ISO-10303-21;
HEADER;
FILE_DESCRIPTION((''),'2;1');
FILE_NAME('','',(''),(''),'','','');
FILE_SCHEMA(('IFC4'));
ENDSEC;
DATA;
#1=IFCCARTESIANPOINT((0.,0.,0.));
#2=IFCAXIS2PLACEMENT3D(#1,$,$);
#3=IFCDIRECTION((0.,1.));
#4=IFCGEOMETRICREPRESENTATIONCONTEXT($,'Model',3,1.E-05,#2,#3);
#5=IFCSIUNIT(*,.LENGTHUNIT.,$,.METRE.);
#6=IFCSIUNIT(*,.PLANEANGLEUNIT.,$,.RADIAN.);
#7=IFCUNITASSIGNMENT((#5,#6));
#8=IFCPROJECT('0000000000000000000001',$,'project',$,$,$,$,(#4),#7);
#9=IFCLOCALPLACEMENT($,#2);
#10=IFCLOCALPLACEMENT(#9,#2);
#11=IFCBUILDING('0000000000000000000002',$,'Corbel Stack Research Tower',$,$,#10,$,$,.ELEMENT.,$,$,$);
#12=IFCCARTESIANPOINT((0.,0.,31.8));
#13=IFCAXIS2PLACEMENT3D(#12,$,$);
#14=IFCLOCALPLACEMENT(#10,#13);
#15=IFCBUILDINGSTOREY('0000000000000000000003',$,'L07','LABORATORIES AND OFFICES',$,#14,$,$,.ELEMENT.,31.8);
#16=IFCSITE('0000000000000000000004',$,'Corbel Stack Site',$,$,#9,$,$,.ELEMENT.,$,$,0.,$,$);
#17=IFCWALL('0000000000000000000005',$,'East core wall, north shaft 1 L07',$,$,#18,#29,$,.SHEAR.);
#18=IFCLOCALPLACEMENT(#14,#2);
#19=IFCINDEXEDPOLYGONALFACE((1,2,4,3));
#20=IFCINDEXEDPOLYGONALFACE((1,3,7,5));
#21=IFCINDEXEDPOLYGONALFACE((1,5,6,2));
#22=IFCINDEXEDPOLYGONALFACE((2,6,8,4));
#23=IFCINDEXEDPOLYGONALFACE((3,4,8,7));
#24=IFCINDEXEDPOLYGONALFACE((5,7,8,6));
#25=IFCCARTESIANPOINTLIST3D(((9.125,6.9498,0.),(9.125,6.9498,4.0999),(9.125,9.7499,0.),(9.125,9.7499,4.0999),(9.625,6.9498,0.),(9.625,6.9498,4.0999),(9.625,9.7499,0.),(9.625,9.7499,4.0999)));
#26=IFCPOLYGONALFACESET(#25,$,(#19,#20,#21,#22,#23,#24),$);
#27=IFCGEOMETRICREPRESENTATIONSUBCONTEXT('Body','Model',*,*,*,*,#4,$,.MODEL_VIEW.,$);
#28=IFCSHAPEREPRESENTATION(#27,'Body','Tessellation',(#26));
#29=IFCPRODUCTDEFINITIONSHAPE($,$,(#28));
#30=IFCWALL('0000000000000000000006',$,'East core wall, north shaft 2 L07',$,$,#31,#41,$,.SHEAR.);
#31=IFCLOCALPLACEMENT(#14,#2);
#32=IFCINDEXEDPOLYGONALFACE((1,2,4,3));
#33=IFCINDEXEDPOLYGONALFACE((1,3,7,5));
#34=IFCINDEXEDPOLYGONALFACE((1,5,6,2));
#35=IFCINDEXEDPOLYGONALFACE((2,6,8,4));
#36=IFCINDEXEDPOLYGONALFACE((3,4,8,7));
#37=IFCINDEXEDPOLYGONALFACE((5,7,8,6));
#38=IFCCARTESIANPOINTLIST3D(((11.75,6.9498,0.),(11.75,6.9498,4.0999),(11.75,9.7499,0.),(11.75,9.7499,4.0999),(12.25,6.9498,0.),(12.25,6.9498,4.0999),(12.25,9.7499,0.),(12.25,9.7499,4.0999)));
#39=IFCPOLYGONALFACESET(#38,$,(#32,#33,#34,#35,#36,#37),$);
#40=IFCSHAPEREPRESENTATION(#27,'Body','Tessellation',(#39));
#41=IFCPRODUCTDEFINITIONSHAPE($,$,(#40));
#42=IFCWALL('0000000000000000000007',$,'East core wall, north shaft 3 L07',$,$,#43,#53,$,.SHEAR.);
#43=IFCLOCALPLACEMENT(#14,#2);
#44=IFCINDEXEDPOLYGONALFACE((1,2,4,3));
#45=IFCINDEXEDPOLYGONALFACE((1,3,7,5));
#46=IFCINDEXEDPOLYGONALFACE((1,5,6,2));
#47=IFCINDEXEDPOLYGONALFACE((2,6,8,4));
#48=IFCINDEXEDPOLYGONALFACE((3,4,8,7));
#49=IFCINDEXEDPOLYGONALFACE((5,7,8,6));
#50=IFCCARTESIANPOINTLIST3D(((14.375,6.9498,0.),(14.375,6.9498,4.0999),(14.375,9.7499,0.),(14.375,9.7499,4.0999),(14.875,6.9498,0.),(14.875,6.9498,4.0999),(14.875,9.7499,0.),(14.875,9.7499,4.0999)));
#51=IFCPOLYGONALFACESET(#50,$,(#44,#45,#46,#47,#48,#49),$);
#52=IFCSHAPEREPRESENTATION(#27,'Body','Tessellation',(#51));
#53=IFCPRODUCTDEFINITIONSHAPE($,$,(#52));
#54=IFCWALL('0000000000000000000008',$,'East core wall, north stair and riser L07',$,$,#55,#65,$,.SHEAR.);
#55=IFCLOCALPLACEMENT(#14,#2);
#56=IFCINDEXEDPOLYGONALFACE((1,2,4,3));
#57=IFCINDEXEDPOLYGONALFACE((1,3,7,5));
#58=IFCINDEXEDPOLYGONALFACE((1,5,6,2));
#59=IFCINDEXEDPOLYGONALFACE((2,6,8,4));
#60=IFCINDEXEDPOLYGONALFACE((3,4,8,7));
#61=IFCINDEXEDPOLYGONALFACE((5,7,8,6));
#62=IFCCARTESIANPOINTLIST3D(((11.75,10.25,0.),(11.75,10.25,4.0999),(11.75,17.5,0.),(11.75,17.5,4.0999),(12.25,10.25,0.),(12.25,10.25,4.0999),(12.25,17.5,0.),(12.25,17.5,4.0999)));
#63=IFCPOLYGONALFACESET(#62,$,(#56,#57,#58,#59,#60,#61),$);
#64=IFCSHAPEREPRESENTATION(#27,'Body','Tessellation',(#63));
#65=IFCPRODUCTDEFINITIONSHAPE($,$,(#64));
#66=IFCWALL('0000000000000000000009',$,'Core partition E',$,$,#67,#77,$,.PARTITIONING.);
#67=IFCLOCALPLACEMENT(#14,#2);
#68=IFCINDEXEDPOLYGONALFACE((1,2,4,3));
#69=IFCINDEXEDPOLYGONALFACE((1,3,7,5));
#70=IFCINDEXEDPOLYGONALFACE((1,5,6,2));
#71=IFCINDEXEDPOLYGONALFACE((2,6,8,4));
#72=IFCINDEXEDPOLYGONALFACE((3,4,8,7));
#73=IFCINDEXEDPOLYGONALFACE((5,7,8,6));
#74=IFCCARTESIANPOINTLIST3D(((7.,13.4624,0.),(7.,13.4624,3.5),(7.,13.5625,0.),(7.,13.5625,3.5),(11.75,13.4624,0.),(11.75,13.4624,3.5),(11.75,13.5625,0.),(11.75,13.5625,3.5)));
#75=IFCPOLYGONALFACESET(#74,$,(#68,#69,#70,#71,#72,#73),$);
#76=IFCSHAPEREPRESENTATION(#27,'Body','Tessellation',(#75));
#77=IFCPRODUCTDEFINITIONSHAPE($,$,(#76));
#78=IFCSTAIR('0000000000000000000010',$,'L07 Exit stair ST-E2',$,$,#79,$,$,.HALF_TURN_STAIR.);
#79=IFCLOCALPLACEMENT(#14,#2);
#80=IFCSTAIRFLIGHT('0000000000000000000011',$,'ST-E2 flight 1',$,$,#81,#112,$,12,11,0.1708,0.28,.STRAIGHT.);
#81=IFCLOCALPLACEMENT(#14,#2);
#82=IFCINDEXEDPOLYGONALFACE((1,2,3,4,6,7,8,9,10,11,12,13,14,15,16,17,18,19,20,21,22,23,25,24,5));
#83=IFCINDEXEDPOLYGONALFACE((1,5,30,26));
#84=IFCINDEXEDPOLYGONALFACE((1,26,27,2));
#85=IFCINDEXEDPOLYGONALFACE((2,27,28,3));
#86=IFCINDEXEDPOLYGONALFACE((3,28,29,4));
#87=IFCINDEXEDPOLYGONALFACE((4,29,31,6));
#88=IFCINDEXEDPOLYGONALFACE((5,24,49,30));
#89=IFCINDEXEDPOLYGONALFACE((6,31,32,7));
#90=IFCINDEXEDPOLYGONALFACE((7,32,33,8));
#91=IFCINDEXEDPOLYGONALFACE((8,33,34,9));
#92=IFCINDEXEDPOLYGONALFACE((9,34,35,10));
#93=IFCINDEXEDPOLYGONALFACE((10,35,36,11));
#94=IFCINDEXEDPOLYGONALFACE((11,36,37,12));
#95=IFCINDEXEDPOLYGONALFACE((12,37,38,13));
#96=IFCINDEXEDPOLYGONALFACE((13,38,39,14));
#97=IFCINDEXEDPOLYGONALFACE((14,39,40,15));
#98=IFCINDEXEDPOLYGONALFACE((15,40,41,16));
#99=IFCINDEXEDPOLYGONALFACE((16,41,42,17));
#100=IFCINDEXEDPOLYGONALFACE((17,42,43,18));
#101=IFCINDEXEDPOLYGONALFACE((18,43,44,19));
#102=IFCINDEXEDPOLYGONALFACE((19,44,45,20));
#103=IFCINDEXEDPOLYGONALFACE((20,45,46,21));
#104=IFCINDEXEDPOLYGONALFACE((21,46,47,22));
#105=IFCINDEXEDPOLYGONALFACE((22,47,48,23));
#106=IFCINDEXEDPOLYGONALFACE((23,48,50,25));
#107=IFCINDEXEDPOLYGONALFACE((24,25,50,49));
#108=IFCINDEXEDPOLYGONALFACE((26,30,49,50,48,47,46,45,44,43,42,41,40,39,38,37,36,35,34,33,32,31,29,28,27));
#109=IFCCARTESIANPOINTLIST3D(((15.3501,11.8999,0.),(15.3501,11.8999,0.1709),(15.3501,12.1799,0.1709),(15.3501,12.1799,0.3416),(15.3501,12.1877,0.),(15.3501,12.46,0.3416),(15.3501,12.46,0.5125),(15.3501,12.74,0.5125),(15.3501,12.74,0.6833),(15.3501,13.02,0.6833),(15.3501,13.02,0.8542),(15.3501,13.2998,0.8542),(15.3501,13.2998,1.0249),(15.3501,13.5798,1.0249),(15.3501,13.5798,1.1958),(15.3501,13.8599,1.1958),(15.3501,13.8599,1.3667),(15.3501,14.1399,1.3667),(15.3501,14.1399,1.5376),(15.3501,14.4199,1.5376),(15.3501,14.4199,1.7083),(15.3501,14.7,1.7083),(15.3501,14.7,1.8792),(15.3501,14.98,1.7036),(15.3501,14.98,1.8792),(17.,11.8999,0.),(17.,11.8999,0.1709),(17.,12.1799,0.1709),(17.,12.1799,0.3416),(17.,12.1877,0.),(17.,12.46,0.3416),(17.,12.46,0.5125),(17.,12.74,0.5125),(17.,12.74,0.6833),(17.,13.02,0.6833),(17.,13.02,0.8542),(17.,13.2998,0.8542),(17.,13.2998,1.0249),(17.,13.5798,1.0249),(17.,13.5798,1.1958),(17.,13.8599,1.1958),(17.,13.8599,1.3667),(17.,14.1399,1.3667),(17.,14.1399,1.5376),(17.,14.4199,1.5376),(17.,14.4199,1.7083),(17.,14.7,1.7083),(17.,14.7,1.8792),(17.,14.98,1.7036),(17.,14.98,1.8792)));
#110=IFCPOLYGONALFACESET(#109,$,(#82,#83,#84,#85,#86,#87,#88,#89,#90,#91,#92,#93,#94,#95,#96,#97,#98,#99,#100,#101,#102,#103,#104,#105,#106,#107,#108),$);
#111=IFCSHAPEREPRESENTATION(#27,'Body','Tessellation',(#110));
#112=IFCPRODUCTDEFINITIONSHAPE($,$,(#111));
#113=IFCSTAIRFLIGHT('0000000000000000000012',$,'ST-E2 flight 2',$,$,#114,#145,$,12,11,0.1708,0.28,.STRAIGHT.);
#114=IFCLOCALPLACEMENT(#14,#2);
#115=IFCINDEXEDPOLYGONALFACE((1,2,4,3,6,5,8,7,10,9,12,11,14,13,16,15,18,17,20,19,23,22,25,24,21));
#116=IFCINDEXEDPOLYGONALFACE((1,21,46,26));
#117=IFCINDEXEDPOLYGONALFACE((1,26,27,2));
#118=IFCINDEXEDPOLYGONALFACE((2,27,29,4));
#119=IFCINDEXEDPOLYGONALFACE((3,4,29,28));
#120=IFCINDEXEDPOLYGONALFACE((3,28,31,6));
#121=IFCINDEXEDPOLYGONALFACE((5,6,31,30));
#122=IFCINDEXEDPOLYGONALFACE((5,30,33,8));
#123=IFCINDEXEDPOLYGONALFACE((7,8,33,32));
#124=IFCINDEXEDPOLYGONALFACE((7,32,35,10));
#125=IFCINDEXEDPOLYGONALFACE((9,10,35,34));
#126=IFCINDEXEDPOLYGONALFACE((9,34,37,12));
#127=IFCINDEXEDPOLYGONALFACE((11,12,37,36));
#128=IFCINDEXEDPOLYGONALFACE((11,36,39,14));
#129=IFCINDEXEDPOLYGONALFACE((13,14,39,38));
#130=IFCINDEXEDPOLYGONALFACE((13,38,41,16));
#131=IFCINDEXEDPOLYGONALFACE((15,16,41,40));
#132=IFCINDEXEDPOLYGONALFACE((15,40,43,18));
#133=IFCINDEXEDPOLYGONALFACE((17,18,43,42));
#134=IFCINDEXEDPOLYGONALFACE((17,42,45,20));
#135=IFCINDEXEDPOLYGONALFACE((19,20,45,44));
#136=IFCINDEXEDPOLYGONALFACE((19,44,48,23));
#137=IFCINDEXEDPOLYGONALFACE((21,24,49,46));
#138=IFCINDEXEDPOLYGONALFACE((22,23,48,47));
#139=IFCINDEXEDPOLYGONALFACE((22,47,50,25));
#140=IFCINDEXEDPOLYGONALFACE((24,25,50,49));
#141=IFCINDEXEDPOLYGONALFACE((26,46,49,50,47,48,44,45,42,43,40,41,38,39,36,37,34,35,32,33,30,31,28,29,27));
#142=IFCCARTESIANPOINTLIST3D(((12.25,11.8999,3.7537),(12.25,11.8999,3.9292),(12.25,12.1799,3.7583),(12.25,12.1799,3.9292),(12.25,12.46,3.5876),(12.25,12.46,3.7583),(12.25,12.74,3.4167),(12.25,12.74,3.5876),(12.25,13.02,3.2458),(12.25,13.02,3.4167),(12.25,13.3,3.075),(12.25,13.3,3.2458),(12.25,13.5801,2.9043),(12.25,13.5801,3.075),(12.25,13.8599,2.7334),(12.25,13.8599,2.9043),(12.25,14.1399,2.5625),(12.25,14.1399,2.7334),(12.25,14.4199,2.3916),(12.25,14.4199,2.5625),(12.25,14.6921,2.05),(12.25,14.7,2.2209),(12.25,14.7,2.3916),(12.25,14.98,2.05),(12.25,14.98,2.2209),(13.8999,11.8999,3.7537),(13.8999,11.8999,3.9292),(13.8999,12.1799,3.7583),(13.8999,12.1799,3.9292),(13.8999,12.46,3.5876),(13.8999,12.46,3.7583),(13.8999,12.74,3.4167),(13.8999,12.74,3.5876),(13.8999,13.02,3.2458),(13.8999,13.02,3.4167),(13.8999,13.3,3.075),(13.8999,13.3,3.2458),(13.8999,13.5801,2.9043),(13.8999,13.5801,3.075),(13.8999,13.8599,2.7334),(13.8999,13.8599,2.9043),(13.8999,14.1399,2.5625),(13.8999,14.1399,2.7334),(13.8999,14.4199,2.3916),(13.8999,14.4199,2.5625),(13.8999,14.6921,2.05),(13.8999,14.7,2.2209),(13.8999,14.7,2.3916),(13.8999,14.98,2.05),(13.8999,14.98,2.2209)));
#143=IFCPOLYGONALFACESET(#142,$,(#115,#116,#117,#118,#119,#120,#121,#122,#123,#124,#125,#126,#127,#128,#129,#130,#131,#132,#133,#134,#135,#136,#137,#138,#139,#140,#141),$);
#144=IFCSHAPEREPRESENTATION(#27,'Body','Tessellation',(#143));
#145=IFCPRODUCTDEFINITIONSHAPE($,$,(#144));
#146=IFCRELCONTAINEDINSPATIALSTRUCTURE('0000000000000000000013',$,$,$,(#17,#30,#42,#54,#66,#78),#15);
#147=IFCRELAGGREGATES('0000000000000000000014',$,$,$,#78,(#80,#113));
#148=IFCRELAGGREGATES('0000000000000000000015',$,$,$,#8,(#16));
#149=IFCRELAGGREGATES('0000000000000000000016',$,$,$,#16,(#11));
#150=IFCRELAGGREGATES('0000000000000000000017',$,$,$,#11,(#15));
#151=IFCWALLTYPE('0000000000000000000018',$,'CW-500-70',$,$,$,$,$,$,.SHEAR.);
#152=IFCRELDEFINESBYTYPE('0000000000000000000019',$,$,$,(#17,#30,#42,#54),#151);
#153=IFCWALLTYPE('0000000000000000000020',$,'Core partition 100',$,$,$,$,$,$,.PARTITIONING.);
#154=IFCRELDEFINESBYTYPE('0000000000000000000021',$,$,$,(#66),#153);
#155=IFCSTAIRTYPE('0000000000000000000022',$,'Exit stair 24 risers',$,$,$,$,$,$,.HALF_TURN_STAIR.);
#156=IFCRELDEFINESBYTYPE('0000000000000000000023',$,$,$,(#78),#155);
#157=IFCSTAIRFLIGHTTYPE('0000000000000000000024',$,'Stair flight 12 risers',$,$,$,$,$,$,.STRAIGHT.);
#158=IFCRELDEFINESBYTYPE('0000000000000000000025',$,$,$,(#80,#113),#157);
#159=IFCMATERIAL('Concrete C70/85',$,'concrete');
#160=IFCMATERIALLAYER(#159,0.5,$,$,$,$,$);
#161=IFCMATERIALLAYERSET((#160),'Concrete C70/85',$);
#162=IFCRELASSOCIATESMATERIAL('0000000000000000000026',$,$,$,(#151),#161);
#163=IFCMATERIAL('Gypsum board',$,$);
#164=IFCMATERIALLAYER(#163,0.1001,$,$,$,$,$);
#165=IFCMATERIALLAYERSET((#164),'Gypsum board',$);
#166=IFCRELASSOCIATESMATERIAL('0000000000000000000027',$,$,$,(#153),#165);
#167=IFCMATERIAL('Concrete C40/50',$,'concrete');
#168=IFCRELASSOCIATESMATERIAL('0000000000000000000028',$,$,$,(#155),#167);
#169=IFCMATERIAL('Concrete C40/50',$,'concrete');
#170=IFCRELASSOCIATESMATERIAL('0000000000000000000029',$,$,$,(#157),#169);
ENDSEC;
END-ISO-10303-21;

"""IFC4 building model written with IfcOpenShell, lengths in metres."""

from ifc_helpers import new_model, si_unit, direction, frame, frame_2d, origin, place, context, subcontext, project, spatial, polyline, rectangle, outline, extrude, material, layer, layer_set, type_object, element, aggregate, save


model = new_model("IFC4")

# Units and contexts
model_context = context("Model", 3, precision=1e-05, world=origin(), true_north=direction((0.0, 1.0)))
body_context = subcontext(model_context, "Body", "Model", "MODEL_VIEW")
ifc_project = project(units=[si_unit("LENGTHUNIT", "METRE"), si_unit("PLANEANGLEUNIT", "RADIAN")], contexts=[model_context])

# Site, building, storey
site_placement = place(None, origin())
site = spatial("IfcSite", under=ifc_project, at=site_placement, Name="Corbel Stack Site", CompositionType="ELEMENT", RefElevation=0.0)
building_placement = place(site_placement, origin())
building = spatial("IfcBuilding", under=site, at=building_placement, Name="Corbel Stack Research Tower", CompositionType="ELEMENT")
storey_placement = place(building_placement, frame((0.0, 0.0, 31.8)))
storey = spatial("IfcBuildingStorey", under=building, at=storey_placement, Name="L07", Description="LABORATORIES AND OFFICES", CompositionType="ELEMENT", Elevation=31.8)

# Walls
ifc_material_1 = material(Name="Concrete C70/85", Category="concrete")
ifc_layer_1 = layer(ifc_material_1, 0.5)
ifc_layer_set_1 = layer_set([ifc_layer_1], Name="Concrete C70/85")
wall_type_1 = type_object("IfcWallType", Name="CW-500-70", PredefinedType="SHEAR", material=ifc_layer_set_1)
for number, where, z_axis, x_axis, name in (
    (1, (9.375, 6.95, 0.0), (0.0, 0.0, 1.0), (0.0, 1.0, 0.0), "East core wall, north shaft 1 L07"),
    (2, (12.0, 6.95, 0.0), (0.0, 0.0, 1.0), (0.0, 1.0, 0.0), "East core wall, north shaft 2 L07"),
    (3, (14.625, 6.95, 0.0), (0.0, 0.0, 1.0), (0.0, 1.0, 0.0), "East core wall, north shaft 3 L07"),
):
    element("IfcWall", number, at=place(storey_placement, frame(where, z_axis=z_axis, x_axis=x_axis)), inside=storey, type_object=wall_type_1, Name=name, PredefinedType="SHEAR", context=body_context, shape_type="SweptSolid", body=[
        extrude(rectangle(XDim=2.8, YDim=0.5, at=frame_2d((1.3999, 0.0))), origin(), (0.0, 0.0, 1.0), 4.0999),
    ])
wall_1_placement = place(storey_placement, frame((12.0, 10.25, 0.0), z_axis=(0.0, 0.0, 1.0), x_axis=(0.0, 1.0, 0.0)))
element("IfcWall", 4, at=wall_1_placement, inside=storey, type_object=wall_type_1, Name="East core wall, north stair and riser L07", PredefinedType="SHEAR", context=body_context, shape_type="SweptSolid", body=[
    extrude(rectangle(XDim=7.25, YDim=0.5, at=frame_2d((3.625, 0.0))), origin(), (0.0, 0.0, 1.0), 4.0999),
])
ifc_material_2 = material(Name="Gypsum board")
ifc_layer_2 = layer(ifc_material_2, 0.1001)
ifc_layer_set_2 = layer_set([ifc_layer_2], Name="Gypsum board")
wall_type_2 = type_object("IfcWallType", Name="Core partition 100", PredefinedType="PARTITIONING", material=ifc_layer_set_2)
wall_2_placement = place(storey_placement, frame((7.0, 13.5125, 0.0), z_axis=(0.0, 0.0, 1.0), x_axis=(1.0, 0.0, 0.0)))
element("IfcWall", 5, at=wall_2_placement, inside=storey, type_object=wall_type_2, Name="Core partition E", PredefinedType="PARTITIONING", context=body_context, shape_type="SweptSolid", body=[
    extrude(rectangle(XDim=4.75, YDim=0.1001, at=frame_2d((2.375, 0.0))), origin(), (0.0, 0.0, 1.0), 3.5),
])

# Stair, stair flights
ifc_material_3 = material(Name="Concrete C40/50", Category="concrete")
stair_type = type_object("IfcStairType", Name="Exit stair 24 risers", PredefinedType="HALF_TURN_STAIR", material=ifc_material_3)
stair_placement = place(storey_placement, origin())
stair = element("IfcStair", 6, at=stair_placement, inside=storey, type_object=stair_type, Name="L07 Exit stair ST-E2", PredefinedType="HALF_TURN_STAIR")
ifc_material_4 = material(Name="Concrete C40/50", Category="concrete")
stair_flight_type = type_object("IfcStairFlightType", Name="Stair flight 12 risers", PredefinedType="STRAIGHT", material=ifc_material_4)
stair_flight_1_placement = place(storey_placement, frame((16.175, 11.8999, 0.0), z_axis=(0.0, 0.0, 1.0), x_axis=(0.0, 1.0, 0.0)))
stair_flight_1 = element("IfcStairFlight", 7, at=stair_flight_1_placement, type_object=stair_flight_type, Name="ST-E2 flight 1", NumberOfRisers=12, NumberOfTreads=11, PredefinedType="STRAIGHT", RiserHeight=0.1708, TreadLength=0.28, context=body_context, shape_type="SweptSolid", body=[
    extrude(outline(polyline([(0.0, 0.0), (0.0, 0.1709), (0.28, 0.1709), (0.28, 0.3416), (0.5601, 0.3416), (0.5601, 0.5125), (0.8401, 0.5125), (0.8401, 0.6833), (1.1201, 0.6833), (1.1201, 0.8542), (1.3999, 0.8542), (1.3999, 1.0249), (1.6799, 1.0249), (1.6799, 1.1958), (1.96, 1.1958), (1.96, 1.3667), (2.24, 1.3667), (2.24, 1.5376), (2.52, 1.5376), (2.52, 1.7083), (2.8, 1.7083), (2.8, 1.8792), (3.0801, 1.8792), (3.0801, 2.05), (3.0801, 1.7036), (0.2878, 0.0), (0.0, 0.0)])), frame((0.0, 0.825, 0.0), z_axis=(0.0, -1.0, 0.0), x_axis=(1.0, 0.0, 0.0)), (0.0, 0.0, 1.0), 1.6499),
])
stair_flight_2_placement = place(storey_placement, frame((13.075, 14.98, 2.05), z_axis=(0.0, 0.0, 1.0), x_axis=(0.0, -1.0, 0.0)))
stair_flight_2 = element("IfcStairFlight", 8, at=stair_flight_2_placement, type_object=stair_flight_type, Name="ST-E2 flight 2", NumberOfRisers=12, NumberOfTreads=11, PredefinedType="STRAIGHT", RiserHeight=0.1708, TreadLength=0.28, context=body_context, shape_type="SweptSolid", body=[
    extrude(outline(polyline([(0.0, 0.0), (0.0, 0.1709), (0.28, 0.1709), (0.28, 0.3416), (0.5601, 0.3416), (0.5601, 0.5125), (0.8401, 0.5125), (0.8401, 0.6833), (1.1201, 0.6833), (1.1201, 0.8542), (1.3999, 0.8542), (1.3999, 1.0249), (1.6799, 1.0249), (1.6799, 1.1958), (1.96, 1.1958), (1.96, 1.3667), (2.24, 1.3667), (2.24, 1.5376), (2.52, 1.5376), (2.52, 1.7083), (2.8, 1.7083), (2.8, 1.8792), (3.0801, 1.8792), (3.0801, 2.05), (3.0801, 1.7036), (0.2878, 0.0), (0.0, 0.0)])), frame((0.0, 0.825, 0.0), z_axis=(0.0, -1.0, 0.0), x_axis=(1.0, 0.0, 0.0)), (0.0, 0.0, 1.0), 1.6499),
])
aggregate(stair, [stair_flight_1, stair_flight_2])

save(model, "model.ifc")
